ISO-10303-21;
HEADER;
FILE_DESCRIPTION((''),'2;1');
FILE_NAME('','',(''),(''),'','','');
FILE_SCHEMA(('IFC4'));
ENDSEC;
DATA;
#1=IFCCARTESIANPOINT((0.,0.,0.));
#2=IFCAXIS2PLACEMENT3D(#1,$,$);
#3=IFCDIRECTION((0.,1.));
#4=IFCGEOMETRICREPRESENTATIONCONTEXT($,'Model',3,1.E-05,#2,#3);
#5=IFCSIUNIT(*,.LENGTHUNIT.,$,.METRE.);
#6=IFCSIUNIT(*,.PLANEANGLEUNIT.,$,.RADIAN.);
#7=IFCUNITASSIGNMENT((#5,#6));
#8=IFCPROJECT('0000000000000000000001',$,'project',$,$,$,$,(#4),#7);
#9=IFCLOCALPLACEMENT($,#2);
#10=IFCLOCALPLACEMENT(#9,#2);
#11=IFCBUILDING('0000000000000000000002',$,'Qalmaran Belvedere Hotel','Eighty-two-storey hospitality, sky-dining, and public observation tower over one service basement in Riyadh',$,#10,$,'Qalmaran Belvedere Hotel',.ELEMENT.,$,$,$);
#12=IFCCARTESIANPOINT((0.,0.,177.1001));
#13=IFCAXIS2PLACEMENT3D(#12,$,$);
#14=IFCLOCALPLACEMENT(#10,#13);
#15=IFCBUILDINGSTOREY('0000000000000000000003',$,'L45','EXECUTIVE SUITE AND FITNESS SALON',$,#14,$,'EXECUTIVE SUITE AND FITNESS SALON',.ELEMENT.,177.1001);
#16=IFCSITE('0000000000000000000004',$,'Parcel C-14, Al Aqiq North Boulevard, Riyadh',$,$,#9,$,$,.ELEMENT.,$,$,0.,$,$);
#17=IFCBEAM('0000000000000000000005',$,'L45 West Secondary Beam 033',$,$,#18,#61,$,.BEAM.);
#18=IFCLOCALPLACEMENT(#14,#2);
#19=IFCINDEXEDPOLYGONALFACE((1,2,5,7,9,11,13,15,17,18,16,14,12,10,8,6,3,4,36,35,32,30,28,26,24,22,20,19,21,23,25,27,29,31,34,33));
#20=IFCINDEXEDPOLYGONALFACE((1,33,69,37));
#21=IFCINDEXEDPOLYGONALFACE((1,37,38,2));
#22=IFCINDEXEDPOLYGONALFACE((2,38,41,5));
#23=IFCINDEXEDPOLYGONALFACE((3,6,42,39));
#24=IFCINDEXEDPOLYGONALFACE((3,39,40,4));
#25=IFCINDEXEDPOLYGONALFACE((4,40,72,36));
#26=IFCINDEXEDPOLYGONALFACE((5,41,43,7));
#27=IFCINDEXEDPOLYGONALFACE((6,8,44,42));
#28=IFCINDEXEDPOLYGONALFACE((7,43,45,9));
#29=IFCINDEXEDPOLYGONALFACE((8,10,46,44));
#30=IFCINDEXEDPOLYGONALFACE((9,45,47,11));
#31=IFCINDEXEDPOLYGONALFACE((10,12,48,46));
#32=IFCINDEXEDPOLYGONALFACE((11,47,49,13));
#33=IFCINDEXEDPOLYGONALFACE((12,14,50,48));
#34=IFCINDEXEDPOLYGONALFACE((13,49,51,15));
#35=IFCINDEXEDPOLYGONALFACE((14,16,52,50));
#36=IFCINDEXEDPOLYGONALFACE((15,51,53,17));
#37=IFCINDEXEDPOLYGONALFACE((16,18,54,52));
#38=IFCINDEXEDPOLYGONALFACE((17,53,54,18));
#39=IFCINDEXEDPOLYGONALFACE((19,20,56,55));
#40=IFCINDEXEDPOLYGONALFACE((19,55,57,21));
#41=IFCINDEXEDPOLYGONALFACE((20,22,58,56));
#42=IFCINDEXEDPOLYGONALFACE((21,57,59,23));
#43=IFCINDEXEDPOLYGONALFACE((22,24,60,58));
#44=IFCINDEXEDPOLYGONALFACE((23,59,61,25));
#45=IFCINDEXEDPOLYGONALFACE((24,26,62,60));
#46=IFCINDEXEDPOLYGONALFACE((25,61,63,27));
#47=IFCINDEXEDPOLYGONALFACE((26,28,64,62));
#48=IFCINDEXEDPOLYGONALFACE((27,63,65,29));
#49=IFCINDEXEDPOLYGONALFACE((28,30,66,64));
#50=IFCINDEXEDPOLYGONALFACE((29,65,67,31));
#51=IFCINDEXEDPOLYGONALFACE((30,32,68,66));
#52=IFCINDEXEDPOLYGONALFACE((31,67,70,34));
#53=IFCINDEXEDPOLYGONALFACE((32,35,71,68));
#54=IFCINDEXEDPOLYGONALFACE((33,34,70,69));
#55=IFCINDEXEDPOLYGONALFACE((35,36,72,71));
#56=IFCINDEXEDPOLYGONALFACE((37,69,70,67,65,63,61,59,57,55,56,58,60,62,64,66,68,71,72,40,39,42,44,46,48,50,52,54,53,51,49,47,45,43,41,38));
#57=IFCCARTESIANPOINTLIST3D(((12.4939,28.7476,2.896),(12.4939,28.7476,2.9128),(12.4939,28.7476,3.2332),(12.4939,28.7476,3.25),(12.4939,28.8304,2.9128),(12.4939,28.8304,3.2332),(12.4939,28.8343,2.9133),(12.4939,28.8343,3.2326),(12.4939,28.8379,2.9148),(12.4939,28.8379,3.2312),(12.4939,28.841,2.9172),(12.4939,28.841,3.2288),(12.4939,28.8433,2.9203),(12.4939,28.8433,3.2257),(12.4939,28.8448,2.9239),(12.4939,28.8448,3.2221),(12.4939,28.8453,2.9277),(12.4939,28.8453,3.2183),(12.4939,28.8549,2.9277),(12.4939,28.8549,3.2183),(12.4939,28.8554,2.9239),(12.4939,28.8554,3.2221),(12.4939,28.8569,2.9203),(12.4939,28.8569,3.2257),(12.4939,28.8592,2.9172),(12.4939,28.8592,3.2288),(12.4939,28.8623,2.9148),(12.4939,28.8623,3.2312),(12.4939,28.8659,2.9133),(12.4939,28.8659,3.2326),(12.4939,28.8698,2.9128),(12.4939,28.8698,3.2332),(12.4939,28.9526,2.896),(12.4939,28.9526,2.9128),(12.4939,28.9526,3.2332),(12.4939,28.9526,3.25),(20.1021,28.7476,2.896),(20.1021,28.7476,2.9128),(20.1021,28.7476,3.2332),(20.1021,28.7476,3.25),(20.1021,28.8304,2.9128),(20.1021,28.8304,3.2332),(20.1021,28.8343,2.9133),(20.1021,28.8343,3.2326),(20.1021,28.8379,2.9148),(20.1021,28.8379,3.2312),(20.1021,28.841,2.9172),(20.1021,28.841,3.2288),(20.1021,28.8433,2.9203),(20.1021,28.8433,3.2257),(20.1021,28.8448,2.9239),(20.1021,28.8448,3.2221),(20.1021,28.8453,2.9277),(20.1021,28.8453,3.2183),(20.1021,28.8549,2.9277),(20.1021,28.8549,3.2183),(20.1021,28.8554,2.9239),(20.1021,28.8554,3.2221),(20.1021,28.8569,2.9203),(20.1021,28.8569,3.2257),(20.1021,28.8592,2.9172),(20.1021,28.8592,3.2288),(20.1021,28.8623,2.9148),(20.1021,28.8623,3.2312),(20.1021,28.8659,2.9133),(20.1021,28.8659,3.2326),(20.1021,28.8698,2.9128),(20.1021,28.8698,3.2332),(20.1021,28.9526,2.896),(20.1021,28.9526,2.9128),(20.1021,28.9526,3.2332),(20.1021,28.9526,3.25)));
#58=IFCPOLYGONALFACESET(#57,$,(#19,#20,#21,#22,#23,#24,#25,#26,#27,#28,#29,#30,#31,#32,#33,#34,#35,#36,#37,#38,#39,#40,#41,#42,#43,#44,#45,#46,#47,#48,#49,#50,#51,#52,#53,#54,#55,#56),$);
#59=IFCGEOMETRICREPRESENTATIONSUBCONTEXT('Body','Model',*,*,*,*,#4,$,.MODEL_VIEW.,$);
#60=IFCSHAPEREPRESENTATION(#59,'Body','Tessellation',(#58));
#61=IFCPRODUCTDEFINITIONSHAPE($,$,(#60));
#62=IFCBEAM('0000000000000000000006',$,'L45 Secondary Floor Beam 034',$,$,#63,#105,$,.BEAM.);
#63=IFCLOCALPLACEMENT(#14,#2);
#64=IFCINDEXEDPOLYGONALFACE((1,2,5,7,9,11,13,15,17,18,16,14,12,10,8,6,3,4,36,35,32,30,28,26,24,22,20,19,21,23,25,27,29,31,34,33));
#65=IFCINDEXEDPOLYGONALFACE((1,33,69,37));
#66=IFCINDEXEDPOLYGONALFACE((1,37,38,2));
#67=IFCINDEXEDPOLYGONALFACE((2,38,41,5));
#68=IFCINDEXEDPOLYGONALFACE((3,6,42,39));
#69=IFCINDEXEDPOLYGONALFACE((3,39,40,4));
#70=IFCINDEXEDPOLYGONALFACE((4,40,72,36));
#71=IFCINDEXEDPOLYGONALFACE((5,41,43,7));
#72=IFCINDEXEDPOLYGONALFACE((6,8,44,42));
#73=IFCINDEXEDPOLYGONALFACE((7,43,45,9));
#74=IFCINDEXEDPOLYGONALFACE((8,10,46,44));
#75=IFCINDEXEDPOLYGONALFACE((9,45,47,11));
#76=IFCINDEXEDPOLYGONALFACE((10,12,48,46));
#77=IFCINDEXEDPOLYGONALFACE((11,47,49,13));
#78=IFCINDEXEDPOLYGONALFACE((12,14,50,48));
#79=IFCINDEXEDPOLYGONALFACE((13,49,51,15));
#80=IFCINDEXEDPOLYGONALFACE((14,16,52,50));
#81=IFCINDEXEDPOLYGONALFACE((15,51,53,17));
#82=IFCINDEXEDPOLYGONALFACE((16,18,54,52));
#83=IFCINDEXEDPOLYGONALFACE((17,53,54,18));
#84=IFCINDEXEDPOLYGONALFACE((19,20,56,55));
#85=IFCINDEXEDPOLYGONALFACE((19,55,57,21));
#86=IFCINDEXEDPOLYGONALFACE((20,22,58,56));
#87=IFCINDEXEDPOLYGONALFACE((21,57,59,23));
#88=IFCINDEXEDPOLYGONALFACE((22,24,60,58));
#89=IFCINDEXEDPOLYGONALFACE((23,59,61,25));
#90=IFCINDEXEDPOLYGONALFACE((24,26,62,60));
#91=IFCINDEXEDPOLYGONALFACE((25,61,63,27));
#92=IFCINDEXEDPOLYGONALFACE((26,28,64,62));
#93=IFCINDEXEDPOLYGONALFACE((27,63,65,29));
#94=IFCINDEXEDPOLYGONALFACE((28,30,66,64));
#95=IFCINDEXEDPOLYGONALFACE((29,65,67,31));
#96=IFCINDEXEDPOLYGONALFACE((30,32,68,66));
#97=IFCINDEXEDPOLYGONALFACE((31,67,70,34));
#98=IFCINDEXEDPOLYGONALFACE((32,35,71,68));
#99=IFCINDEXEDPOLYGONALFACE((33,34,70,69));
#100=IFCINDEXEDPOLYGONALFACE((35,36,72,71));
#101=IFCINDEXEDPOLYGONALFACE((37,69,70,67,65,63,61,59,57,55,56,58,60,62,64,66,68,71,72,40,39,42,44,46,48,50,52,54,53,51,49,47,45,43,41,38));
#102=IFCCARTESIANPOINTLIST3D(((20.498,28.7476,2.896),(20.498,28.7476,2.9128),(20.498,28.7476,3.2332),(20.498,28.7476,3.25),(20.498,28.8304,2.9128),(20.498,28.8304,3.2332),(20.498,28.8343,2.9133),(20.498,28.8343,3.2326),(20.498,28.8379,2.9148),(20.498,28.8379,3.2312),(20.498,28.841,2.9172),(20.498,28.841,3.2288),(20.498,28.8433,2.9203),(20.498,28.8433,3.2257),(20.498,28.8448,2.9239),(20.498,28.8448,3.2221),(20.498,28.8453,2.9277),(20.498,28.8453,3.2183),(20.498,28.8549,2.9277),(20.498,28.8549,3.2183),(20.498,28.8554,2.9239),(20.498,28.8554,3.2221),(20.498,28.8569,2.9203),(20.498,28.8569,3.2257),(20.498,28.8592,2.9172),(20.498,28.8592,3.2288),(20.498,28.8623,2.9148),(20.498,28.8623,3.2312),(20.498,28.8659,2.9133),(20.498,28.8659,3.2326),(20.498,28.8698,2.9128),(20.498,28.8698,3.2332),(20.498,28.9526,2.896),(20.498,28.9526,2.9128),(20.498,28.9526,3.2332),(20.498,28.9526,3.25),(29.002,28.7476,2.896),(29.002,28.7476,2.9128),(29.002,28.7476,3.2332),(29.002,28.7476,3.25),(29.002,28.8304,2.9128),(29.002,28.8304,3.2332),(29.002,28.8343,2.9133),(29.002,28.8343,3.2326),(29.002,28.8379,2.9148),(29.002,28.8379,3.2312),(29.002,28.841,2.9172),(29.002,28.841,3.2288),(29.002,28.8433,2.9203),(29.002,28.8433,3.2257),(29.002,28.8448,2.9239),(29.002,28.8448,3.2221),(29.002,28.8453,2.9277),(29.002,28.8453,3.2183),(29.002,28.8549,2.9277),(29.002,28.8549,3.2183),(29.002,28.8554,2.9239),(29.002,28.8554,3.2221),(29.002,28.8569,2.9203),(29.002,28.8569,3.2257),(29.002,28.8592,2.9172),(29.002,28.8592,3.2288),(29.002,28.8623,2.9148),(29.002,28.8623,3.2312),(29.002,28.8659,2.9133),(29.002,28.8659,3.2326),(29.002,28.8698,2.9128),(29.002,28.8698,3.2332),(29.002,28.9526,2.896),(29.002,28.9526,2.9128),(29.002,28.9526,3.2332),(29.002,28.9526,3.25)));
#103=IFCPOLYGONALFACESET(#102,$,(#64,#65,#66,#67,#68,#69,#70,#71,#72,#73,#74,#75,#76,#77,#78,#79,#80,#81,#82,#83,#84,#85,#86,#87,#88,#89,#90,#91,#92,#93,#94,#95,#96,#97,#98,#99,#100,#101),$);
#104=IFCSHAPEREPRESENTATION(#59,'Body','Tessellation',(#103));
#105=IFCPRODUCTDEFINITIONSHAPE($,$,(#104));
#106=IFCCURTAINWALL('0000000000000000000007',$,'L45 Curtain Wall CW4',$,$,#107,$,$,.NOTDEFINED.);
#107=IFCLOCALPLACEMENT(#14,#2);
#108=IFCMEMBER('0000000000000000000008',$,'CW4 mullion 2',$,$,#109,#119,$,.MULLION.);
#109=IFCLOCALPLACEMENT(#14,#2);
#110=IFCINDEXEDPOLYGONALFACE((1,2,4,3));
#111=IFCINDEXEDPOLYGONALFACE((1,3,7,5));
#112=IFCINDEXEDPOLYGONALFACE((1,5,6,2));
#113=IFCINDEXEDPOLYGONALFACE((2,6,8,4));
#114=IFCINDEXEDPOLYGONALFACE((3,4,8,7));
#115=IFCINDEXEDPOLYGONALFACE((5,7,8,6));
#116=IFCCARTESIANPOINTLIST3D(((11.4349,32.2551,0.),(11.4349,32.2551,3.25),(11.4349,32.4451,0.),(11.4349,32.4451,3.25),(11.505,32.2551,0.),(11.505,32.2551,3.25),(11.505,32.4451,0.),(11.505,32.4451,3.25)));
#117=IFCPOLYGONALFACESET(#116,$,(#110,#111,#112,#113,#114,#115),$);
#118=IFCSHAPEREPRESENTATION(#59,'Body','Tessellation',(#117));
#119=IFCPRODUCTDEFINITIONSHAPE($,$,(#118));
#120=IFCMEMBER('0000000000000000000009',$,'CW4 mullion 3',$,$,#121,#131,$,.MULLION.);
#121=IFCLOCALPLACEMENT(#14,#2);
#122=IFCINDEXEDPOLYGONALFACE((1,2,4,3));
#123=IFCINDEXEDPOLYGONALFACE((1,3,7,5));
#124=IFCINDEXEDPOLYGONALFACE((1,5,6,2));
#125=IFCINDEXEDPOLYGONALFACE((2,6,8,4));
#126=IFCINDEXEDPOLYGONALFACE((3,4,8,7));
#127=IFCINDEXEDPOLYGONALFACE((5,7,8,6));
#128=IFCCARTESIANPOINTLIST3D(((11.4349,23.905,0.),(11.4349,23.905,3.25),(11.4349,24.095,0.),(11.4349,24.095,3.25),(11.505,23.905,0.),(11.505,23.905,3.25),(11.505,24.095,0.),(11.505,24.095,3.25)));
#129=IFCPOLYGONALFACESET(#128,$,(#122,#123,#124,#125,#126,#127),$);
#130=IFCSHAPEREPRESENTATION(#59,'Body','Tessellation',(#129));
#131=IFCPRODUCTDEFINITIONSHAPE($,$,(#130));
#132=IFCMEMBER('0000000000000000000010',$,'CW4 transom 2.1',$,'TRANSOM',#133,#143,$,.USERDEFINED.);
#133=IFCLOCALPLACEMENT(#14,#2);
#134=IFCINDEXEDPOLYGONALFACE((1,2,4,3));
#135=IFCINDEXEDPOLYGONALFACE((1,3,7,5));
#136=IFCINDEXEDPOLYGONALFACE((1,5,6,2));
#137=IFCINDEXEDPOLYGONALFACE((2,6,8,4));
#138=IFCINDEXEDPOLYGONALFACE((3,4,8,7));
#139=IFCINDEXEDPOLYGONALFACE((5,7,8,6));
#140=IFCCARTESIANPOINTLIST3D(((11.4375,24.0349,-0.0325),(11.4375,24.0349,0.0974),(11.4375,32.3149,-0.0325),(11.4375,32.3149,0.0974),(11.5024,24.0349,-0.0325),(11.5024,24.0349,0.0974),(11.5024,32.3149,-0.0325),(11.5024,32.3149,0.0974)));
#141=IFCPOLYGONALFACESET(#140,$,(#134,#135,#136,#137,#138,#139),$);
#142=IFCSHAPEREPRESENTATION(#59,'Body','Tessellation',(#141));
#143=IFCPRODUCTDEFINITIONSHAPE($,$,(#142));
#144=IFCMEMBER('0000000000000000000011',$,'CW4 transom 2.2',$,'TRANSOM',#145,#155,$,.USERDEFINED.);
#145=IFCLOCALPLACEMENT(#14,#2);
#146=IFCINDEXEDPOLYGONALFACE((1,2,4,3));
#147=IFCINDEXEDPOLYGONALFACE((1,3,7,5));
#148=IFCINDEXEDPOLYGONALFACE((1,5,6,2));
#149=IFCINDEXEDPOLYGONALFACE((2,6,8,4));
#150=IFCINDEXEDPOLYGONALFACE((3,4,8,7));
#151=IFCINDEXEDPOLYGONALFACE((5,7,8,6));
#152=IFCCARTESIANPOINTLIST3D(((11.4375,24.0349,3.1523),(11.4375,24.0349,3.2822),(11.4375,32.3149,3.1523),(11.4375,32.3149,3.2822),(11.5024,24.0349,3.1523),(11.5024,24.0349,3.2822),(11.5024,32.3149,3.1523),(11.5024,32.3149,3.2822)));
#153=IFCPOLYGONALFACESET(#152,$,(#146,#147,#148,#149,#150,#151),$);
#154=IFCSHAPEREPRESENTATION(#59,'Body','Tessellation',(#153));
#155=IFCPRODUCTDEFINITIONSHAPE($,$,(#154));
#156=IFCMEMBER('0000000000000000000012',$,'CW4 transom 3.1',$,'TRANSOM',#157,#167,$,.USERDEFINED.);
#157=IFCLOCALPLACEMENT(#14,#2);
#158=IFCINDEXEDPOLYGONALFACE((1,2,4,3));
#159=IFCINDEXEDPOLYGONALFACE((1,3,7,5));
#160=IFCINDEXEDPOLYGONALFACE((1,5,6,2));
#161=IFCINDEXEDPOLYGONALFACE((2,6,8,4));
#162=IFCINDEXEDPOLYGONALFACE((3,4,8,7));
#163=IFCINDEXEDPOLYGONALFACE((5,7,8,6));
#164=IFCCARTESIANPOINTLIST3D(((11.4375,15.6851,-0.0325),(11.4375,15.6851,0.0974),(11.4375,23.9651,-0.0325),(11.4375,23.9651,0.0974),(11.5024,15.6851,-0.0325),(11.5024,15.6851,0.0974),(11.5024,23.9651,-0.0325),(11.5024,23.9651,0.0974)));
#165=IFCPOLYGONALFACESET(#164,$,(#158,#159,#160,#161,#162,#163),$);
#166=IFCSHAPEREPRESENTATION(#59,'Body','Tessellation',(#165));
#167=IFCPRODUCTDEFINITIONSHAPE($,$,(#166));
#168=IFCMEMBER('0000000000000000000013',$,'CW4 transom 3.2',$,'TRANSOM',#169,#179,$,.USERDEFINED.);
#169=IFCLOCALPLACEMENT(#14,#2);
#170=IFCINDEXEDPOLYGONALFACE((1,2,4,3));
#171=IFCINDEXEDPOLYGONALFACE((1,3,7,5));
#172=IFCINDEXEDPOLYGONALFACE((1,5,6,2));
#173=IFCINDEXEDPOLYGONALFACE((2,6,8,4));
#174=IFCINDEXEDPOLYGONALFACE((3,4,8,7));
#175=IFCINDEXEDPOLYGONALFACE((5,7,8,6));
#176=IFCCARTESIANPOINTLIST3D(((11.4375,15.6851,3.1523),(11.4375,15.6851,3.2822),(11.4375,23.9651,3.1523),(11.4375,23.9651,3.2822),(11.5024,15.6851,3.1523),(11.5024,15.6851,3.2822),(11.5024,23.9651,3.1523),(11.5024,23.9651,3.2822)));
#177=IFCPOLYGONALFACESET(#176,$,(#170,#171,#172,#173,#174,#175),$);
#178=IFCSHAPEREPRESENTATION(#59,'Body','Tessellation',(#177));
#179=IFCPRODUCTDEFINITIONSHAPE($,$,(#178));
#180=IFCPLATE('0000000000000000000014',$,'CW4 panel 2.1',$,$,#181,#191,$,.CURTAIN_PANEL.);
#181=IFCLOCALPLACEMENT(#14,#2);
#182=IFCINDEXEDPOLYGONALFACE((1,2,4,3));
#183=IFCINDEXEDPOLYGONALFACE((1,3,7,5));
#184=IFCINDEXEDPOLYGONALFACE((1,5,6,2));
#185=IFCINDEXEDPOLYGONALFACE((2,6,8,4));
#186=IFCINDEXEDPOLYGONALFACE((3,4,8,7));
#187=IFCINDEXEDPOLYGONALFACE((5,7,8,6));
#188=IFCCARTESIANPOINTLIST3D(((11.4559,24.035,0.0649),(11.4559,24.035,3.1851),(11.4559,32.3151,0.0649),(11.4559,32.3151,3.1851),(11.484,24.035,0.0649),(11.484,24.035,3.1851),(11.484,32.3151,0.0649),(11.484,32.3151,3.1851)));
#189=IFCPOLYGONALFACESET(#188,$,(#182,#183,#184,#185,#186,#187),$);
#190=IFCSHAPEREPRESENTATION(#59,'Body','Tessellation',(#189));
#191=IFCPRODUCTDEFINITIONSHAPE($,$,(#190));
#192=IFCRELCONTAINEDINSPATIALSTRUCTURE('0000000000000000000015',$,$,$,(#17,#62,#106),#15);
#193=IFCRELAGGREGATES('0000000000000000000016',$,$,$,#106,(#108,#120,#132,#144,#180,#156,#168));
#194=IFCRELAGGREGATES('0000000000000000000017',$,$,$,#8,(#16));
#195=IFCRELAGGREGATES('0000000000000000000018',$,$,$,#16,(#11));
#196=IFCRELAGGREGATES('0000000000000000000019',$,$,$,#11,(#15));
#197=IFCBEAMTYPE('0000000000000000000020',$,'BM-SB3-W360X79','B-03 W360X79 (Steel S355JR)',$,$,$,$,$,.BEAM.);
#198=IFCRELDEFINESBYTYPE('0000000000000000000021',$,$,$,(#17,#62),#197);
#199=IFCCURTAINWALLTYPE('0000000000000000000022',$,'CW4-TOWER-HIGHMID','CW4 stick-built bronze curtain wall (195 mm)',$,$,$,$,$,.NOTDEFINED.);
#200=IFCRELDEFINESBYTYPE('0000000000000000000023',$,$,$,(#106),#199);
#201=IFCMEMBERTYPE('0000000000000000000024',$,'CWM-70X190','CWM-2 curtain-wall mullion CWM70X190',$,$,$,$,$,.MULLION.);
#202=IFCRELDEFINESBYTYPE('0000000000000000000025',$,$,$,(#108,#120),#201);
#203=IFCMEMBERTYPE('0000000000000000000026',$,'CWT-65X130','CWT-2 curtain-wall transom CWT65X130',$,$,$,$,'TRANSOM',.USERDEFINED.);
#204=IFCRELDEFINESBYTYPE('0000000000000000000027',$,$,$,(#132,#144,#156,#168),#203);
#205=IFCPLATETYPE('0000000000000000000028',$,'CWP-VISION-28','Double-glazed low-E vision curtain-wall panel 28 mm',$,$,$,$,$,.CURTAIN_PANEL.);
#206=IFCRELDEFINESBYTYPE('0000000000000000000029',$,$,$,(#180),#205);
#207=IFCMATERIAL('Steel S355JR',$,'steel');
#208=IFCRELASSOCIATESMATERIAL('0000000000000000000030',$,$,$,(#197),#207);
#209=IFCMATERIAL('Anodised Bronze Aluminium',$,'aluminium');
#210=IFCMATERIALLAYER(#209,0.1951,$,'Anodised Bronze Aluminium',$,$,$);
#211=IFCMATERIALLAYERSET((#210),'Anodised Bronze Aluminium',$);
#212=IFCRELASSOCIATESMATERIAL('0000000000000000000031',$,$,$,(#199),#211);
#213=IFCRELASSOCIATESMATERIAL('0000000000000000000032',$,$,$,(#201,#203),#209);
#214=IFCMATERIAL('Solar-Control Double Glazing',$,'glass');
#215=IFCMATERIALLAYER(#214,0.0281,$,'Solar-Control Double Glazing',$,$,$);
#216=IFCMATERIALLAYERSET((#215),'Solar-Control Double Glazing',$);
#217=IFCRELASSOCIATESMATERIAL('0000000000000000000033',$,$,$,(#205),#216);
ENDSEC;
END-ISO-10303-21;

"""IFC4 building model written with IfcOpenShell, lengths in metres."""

from ifc_helpers import new_model, si_unit, direction, frame, origin, origin_2d, place, context, subcontext, project, spatial, rectangle, i_section, extrude, material, layer, layer_set, material_profile, profile_set, type_object, element, aggregate, save


model = new_model("IFC4")

# Units and contexts
model_context = context("Model", 3, precision=1e-05, world=origin(), true_north=direction((0.0, 1.0)))
body_context = subcontext(model_context, "Body", "Model", "MODEL_VIEW")
ifc_project = project(units=[si_unit("LENGTHUNIT", "METRE"), si_unit("PLANEANGLEUNIT", "RADIAN")], contexts=[model_context])

# Site, building, storey
site_placement = place(None, origin())
site = spatial("IfcSite", under=ifc_project, at=site_placement, Name="Parcel C-14, Al Aqiq North Boulevard, Riyadh", CompositionType="ELEMENT", RefElevation=0.0)
building_placement = place(site_placement, origin())
building = spatial("IfcBuilding", under=site, at=building_placement, Name="Qalmaran Belvedere Hotel", Description="Eighty-two-storey hospitality, sky-dining, and public observation tower over one service basement in Riyadh", LongName="Qalmaran Belvedere Hotel", CompositionType="ELEMENT")
storey_placement = place(building_placement, frame((0.0, 0.0, 177.1001)))
storey = spatial("IfcBuildingStorey", under=building, at=storey_placement, Name="L45", Description="EXECUTIVE SUITE AND FITNESS SALON", LongName="EXECUTIVE SUITE AND FITNESS SALON", CompositionType="ELEMENT", Elevation=177.1001)

# Beams
ifc_material_1 = material(Name="Steel S355JR", Category="steel")
ifc_material_profile_1 = material_profile(ifc_material_1, i_section(OverallWidth=0.2051, OverallDepth=0.354, WebThickness=0.0095, FlangeThickness=0.0168, FilletRadius=0.0149, at=origin_2d()), Name="W360X79")
ifc_profile_set_1 = profile_set([ifc_material_profile_1], Name="Steel S355JR")
beam_type_1 = type_object("IfcBeamType", Name="BM-SB3-W360X79", Description="B-03 W360X79 (Steel S355JR)", PredefinedType="BEAM", material=ifc_profile_set_1)
beam_1_placement = place(storey_placement, frame((12.4939, 28.8501, 3.073), z_axis=(1.0, 0.0, 0.0), x_axis=(0.0, 1.0, 0.0)))
element("IfcBeam", 1, at=beam_1_placement, inside=storey, type_object=beam_type_1, Name="L45 West Secondary Beam 033", PredefinedType="BEAM", context=body_context, shape_type="SweptSolid", body=[
    extrude(i_section(OverallWidth=0.2051, OverallDepth=0.354, WebThickness=0.0095, FlangeThickness=0.0168, FilletRadius=0.0149, at=origin_2d()), origin(), (0.0, 0.0, 1.0), 7.6082),
])
beam_2_placement = place(storey_placement, frame((20.498, 28.8501, 3.073), z_axis=(1.0, 0.0, 0.0), x_axis=(0.0, 1.0, 0.0)))
element("IfcBeam", 2, at=beam_2_placement, inside=storey, type_object=beam_type_1, Name="L45 Secondary Floor Beam 034", PredefinedType="BEAM", context=body_context, shape_type="SweptSolid", body=[
    extrude(i_section(OverallWidth=0.2051, OverallDepth=0.354, WebThickness=0.0095, FlangeThickness=0.0168, FilletRadius=0.0149, at=origin_2d()), origin(), (0.0, 0.0, 1.0), 8.5039),
])

# Curtain wall, members, plate
ifc_material_2 = material(Name="Anodised Bronze Aluminium", Category="aluminium")
ifc_layer_1 = layer(ifc_material_2, 0.1951, Name="Anodised Bronze Aluminium")
ifc_layer_set_1 = layer_set([ifc_layer_1], Name="Anodised Bronze Aluminium")
curtain_wall_type = type_object("IfcCurtainWallType", Name="CW4-TOWER-HIGHMID", Description="CW4 stick-built bronze curtain wall (195 mm)", PredefinedType="NOTDEFINED", material=ifc_layer_set_1)
curtain_wall_placement = place(storey_placement, origin())
curtain_wall = element("IfcCurtainWall", 3, at=curtain_wall_placement, inside=storey, type_object=curtain_wall_type, Name="L45 Curtain Wall CW4", PredefinedType="NOTDEFINED")
ifc_material_profile_2 = material_profile(ifc_material_2, rectangle(XDim=0.0701, YDim=0.1899, at=origin_2d()), Name="CWM70X190")
ifc_profile_set_2 = profile_set([ifc_material_profile_2], Name="Anodised Bronze Aluminium")
member_type_1 = type_object("IfcMemberType", Name="CWM-70X190", Description="CWM-2 curtain-wall mullion CWM70X190", PredefinedType="MULLION", material=ifc_profile_set_2)
member_1_placement = place(storey_placement, frame((11.47, 32.3501, 0.0), z_axis=(0.0, 0.0, 1.0), x_axis=(1.0, 0.0, 0.0)))
member_1 = element("IfcMember", 4, at=member_1_placement, type_object=member_type_1, Name="CW4 mullion 2", PredefinedType="MULLION", context=body_context, shape_type="SweptSolid", body=[
    extrude(rectangle(XDim=0.0701, YDim=0.1899, at=origin_2d()), origin(), (0.0, 0.0, 1.0), 3.25),
])
member_2_placement = place(storey_placement, frame((11.47, 24.0, 0.0), z_axis=(0.0, 0.0, 1.0), x_axis=(1.0, 0.0, 0.0)))
member_2 = element("IfcMember", 5, at=member_2_placement, type_object=member_type_1, Name="CW4 mullion 3", PredefinedType="MULLION", context=body_context, shape_type="SweptSolid", body=[
    extrude(rectangle(XDim=0.0701, YDim=0.1899, at=origin_2d()), origin(), (0.0, 0.0, 1.0), 3.25),
])
ifc_material_profile_3 = material_profile(ifc_material_2, rectangle(XDim=0.0649, YDim=0.1299, at=origin_2d()), Name="CWT65X130")
ifc_profile_set_3 = profile_set([ifc_material_profile_3], Name="Anodised Bronze Aluminium")
member_type_2 = type_object("IfcMemberType", Name="CWT-65X130", Description="CWT-2 curtain-wall transom CWT65X130", ElementType="TRANSOM", PredefinedType="USERDEFINED", material=ifc_profile_set_3)
member_3_placement = place(storey_placement, frame((11.47, 32.3149, 0.0325), z_axis=(0.0, -1.0, 0.0), x_axis=(1.0, 0.0, 0.0)))
member_3 = element("IfcMember", 6, at=member_3_placement, type_object=member_type_2, Name="CW4 transom 2.1", ObjectType="TRANSOM", PredefinedType="USERDEFINED", context=body_context, shape_type="SweptSolid", body=[
    extrude(rectangle(XDim=0.0649, YDim=0.1299, at=origin_2d()), origin(), (0.0, 0.0, 1.0), 8.28),
])
member_4_placement = place(storey_placement, frame((11.47, 32.3149, 3.2173), z_axis=(0.0, -1.0, 0.0), x_axis=(1.0, 0.0, 0.0)))
member_4 = element("IfcMember", 7, at=member_4_placement, type_object=member_type_2, Name="CW4 transom 2.2", ObjectType="TRANSOM", PredefinedType="USERDEFINED", context=body_context, shape_type="SweptSolid", body=[
    extrude(rectangle(XDim=0.0649, YDim=0.1299, at=origin_2d()), origin(), (0.0, 0.0, 1.0), 8.28),
])
member_5_placement = place(storey_placement, frame((11.47, 23.9651, 0.0325), z_axis=(0.0, -1.0, 0.0), x_axis=(1.0, 0.0, 0.0)))
member_5 = element("IfcMember", 8, at=member_5_placement, type_object=member_type_2, Name="CW4 transom 3.1", ObjectType="TRANSOM", PredefinedType="USERDEFINED", context=body_context, shape_type="SweptSolid", body=[
    extrude(rectangle(XDim=0.0649, YDim=0.1299, at=origin_2d()), origin(), (0.0, 0.0, 1.0), 8.28),
])
member_6_placement = place(storey_placement, frame((11.47, 23.9651, 3.2173), z_axis=(0.0, -1.0, 0.0), x_axis=(1.0, 0.0, 0.0)))
member_6 = element("IfcMember", 9, at=member_6_placement, type_object=member_type_2, Name="CW4 transom 3.2", ObjectType="TRANSOM", PredefinedType="USERDEFINED", context=body_context, shape_type="SweptSolid", body=[
    extrude(rectangle(XDim=0.0649, YDim=0.1299, at=origin_2d()), origin(), (0.0, 0.0, 1.0), 8.28),
])
ifc_material_3 = material(Name="Solar-Control Double Glazing", Category="glass")
ifc_layer_2 = layer(ifc_material_3, 0.0281, Name="Solar-Control Double Glazing")
ifc_layer_set_2 = layer_set([ifc_layer_2], Name="Solar-Control Double Glazing")
plate_type = type_object("IfcPlateType", Name="CWP-VISION-28", Description="Double-glazed low-E vision curtain-wall panel 28 mm", PredefinedType="CURTAIN_PANEL", material=ifc_layer_set_2)
plate_placement = place(storey_placement, frame((11.47, 28.175, 0.0649), z_axis=(0.0, 0.0, 1.0), x_axis=(0.0, -1.0, 0.0)))
plate = element("IfcPlate", 10, at=plate_placement, type_object=plate_type, Name="CW4 panel 2.1", PredefinedType="CURTAIN_PANEL", context=body_context, shape_type="SweptSolid", body=[
    extrude(rectangle(XDim=8.28, YDim=0.0281, at=origin_2d()), origin(), (0.0, 0.0, 1.0), 3.1201),
])
aggregate(curtain_wall, [member_1, member_2, member_3, member_4, plate, member_5, member_6])

save(model, "model.ifc")
